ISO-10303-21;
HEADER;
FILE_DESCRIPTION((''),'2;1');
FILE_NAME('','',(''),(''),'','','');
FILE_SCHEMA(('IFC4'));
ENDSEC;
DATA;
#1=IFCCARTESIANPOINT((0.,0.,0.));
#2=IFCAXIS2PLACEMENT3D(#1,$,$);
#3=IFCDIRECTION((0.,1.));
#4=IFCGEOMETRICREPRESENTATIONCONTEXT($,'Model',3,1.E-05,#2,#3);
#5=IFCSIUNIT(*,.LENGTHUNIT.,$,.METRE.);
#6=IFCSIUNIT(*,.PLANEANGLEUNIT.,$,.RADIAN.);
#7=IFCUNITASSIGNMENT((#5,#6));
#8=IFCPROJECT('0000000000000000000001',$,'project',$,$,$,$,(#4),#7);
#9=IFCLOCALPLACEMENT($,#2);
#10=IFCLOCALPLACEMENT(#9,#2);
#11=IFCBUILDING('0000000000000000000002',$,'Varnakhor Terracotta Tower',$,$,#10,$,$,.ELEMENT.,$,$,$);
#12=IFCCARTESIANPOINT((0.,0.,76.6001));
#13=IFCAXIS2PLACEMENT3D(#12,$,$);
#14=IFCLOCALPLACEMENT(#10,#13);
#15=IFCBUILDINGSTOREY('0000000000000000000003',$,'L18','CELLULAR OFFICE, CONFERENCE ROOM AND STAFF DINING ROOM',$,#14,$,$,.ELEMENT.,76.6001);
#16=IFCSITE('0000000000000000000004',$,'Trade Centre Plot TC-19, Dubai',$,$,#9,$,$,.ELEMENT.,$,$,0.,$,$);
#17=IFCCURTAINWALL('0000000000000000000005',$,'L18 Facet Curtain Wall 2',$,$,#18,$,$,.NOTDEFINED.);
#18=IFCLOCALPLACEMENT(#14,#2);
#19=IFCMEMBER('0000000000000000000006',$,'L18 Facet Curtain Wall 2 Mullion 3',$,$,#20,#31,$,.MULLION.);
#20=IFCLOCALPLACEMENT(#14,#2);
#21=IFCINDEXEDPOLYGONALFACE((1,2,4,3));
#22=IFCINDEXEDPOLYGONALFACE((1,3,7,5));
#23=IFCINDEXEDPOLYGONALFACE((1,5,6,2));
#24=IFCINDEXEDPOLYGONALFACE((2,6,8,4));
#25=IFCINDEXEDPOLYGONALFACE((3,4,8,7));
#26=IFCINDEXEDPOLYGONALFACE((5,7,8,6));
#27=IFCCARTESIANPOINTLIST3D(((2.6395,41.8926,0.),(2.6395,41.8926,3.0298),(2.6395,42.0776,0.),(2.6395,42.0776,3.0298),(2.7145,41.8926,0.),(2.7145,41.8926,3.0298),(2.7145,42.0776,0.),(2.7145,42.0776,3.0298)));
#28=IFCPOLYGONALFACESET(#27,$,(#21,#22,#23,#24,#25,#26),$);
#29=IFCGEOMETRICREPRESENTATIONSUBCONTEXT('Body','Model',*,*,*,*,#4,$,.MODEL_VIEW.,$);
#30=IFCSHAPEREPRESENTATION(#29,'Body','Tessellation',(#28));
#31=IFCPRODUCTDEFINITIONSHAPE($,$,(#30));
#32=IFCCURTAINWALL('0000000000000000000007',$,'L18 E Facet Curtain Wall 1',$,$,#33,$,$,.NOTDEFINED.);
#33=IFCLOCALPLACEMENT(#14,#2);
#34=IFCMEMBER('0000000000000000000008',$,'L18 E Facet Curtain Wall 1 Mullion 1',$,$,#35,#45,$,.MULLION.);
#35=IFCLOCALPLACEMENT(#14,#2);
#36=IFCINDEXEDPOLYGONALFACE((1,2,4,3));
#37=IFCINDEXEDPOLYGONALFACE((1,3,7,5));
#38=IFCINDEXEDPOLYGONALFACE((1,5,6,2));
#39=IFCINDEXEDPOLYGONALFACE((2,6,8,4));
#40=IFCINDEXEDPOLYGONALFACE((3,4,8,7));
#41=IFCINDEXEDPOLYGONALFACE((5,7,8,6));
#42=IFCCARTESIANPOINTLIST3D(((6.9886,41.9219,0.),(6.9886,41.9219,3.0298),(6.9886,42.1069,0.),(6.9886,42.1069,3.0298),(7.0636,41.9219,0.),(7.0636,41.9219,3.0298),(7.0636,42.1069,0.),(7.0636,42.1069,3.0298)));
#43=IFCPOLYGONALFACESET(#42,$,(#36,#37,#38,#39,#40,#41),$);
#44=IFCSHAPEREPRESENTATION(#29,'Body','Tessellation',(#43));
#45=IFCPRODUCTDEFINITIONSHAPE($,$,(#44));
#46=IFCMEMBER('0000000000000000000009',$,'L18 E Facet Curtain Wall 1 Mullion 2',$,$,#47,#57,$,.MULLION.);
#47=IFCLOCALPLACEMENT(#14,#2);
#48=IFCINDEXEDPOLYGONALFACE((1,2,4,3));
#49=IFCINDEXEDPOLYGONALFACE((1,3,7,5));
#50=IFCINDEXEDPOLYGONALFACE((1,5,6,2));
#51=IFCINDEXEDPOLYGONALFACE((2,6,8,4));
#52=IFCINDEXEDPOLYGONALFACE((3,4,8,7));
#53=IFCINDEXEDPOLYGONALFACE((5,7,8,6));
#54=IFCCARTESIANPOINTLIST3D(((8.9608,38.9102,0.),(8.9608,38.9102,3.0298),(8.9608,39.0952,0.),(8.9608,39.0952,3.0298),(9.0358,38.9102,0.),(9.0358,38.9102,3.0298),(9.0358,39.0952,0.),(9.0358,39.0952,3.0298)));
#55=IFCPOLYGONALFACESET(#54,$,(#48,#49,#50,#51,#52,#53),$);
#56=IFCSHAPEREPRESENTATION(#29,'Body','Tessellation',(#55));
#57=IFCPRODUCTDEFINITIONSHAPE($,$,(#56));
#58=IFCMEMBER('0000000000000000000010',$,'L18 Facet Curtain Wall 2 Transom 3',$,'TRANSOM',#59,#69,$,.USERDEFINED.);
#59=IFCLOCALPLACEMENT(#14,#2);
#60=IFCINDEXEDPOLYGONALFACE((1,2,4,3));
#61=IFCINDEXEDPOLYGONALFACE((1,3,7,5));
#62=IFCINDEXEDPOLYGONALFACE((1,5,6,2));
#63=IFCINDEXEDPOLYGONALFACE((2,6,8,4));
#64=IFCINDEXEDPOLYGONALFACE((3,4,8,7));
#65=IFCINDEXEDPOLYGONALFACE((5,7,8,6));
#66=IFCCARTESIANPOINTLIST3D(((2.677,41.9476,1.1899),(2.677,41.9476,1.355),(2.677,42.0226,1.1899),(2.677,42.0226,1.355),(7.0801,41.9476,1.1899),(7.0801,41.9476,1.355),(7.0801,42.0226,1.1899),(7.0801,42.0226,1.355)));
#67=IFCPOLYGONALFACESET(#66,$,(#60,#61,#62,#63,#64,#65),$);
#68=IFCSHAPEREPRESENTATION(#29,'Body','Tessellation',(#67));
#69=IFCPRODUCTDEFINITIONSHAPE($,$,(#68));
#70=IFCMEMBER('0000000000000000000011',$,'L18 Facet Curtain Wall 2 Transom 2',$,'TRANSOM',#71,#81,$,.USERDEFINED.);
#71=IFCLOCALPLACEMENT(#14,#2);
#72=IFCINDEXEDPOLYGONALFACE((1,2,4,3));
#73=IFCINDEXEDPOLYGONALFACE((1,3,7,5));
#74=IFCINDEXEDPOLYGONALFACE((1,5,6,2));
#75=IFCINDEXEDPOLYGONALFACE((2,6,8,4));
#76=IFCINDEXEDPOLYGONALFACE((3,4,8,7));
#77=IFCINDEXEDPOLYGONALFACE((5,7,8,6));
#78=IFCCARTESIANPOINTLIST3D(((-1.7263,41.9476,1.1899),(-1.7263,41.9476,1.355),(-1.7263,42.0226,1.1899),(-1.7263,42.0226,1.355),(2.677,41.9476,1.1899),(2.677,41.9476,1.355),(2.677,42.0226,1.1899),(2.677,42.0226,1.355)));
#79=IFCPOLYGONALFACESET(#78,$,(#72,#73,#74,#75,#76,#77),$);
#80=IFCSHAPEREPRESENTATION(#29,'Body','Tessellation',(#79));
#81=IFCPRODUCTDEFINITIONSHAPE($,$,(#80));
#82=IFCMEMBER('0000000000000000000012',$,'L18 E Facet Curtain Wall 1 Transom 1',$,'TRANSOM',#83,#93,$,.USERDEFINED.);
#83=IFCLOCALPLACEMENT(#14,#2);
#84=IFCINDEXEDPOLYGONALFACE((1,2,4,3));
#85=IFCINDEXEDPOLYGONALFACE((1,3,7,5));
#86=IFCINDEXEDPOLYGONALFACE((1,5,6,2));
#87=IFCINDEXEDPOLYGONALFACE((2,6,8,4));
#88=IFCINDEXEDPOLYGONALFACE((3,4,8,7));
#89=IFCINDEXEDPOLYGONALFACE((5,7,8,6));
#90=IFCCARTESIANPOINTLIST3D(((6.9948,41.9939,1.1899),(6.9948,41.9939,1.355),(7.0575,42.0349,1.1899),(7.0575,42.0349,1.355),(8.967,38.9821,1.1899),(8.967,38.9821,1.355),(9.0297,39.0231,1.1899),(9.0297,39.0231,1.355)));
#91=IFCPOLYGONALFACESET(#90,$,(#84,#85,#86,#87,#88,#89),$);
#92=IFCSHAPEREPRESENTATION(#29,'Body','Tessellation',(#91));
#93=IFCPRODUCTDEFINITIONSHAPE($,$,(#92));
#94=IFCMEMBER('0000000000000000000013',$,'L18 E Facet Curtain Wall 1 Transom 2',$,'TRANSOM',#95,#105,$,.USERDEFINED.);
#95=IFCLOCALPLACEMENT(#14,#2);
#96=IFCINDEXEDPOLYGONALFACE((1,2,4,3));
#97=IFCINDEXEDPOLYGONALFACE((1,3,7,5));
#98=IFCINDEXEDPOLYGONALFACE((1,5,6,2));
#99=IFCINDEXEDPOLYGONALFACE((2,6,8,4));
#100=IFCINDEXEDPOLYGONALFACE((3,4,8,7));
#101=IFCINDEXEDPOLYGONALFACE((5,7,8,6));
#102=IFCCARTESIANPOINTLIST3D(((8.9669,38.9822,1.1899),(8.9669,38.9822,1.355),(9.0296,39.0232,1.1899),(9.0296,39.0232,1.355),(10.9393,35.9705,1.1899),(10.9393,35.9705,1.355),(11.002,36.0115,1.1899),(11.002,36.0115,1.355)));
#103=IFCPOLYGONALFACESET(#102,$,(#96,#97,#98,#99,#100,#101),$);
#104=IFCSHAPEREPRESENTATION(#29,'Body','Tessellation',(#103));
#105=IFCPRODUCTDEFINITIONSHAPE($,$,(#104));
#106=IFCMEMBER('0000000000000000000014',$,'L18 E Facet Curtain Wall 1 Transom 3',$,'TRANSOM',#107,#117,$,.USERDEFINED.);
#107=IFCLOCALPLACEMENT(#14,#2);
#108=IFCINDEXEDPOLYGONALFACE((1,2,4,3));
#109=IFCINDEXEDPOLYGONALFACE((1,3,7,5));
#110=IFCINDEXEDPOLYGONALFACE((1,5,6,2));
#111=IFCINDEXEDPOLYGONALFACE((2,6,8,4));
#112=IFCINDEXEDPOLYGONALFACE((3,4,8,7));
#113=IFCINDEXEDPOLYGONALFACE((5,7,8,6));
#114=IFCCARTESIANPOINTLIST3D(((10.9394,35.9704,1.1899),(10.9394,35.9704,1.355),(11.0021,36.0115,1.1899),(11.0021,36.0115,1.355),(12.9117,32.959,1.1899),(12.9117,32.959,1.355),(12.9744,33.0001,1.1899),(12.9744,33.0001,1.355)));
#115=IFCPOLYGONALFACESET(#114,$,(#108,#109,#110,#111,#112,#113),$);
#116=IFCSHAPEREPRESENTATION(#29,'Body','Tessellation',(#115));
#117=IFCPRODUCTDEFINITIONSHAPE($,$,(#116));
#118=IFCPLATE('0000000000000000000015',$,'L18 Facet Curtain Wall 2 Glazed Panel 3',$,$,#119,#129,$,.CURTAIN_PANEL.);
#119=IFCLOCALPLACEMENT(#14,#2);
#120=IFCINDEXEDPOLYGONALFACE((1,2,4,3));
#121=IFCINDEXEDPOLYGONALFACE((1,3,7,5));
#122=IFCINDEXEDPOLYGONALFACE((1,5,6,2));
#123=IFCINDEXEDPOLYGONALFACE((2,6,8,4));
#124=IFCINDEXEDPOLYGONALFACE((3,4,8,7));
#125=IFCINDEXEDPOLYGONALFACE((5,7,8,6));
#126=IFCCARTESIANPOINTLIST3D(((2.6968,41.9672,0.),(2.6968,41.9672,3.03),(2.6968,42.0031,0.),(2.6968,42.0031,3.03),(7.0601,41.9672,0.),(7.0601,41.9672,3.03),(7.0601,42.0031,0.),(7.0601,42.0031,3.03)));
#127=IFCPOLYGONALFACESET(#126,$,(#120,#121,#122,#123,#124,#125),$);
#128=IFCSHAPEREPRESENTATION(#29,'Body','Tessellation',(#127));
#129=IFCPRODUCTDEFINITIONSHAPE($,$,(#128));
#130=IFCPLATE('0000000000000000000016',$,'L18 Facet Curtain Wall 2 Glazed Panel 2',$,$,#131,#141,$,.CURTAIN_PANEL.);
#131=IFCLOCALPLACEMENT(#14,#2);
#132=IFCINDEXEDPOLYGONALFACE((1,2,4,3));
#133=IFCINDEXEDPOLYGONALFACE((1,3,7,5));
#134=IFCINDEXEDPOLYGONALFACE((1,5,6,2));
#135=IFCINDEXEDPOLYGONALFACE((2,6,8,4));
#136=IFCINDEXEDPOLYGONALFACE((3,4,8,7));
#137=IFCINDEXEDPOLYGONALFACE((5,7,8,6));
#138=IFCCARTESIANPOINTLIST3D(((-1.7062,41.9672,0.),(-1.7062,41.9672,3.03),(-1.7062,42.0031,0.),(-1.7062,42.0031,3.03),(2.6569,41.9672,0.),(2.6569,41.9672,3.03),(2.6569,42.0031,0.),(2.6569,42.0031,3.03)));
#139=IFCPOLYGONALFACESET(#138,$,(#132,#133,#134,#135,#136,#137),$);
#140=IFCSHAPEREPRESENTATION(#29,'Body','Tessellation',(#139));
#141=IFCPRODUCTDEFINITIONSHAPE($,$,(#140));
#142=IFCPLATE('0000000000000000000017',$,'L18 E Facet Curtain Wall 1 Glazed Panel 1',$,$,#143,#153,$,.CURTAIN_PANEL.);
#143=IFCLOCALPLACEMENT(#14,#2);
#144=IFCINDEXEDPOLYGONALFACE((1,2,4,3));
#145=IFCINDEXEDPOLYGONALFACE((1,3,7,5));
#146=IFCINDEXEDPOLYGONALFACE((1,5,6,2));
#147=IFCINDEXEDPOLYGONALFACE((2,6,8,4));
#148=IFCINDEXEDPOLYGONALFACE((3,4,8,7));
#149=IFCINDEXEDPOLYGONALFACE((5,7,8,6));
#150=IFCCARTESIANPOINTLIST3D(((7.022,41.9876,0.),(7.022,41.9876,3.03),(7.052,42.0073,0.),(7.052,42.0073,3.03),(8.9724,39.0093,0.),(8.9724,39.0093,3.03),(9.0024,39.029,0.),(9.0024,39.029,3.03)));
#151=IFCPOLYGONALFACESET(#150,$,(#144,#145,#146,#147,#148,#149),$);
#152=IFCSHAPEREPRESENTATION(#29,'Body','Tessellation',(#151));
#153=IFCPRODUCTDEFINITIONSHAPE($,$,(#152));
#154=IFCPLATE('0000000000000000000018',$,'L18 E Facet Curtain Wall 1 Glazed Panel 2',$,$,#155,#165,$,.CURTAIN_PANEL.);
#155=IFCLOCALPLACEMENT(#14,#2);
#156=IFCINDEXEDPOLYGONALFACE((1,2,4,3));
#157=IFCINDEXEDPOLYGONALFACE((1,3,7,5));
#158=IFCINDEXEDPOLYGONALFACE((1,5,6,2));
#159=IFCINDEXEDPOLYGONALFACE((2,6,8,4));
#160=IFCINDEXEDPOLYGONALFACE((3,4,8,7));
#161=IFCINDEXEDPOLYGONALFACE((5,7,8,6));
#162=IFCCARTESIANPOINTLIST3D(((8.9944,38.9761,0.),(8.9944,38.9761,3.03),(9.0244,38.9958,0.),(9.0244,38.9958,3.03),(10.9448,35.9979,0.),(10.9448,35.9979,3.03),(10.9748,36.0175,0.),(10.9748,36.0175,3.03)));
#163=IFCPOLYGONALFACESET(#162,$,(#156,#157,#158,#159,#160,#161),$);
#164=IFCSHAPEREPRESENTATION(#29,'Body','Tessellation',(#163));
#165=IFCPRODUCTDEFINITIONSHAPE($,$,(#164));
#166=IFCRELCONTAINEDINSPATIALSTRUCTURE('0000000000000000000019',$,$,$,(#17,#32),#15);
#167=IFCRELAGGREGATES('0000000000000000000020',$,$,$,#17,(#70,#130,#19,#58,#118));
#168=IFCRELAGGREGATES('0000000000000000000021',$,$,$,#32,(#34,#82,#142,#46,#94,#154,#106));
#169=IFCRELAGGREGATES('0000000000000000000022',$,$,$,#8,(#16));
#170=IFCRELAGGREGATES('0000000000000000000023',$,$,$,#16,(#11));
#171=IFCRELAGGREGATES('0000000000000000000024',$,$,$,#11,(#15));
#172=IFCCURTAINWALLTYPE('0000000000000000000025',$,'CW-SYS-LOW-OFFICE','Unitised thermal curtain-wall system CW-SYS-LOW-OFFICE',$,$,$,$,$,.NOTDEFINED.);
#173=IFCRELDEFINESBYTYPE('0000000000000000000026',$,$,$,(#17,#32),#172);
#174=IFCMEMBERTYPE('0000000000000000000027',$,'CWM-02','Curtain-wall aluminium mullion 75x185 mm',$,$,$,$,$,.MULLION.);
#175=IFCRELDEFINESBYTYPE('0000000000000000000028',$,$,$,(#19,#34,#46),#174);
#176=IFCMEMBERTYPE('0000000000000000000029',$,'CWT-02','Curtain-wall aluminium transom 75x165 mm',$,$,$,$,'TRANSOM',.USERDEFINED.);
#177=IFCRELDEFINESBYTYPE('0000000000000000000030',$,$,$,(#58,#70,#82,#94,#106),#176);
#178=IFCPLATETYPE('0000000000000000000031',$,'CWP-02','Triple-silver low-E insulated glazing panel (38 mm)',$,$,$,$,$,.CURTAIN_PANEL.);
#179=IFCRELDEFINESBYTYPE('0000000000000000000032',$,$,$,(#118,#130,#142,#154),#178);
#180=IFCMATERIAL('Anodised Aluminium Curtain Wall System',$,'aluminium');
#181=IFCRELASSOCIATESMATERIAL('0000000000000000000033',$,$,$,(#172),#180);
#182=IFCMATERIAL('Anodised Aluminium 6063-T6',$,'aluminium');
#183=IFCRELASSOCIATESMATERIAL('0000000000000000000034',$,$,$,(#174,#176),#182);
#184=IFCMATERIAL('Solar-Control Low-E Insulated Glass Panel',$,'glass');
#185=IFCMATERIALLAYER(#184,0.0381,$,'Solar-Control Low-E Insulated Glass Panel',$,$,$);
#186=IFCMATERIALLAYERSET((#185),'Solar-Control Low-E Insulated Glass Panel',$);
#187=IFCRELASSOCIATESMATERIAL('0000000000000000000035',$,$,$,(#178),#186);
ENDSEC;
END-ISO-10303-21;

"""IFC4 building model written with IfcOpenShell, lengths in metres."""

from ifc_helpers import new_model, si_unit, direction, frame, origin, origin_2d, place, context, subcontext, project, spatial, rectangle, extrude, source, transform, mapped, material, layer, layer_set, material_profile, profile_set, type_object, element, aggregate, save


model = new_model("IFC4")

# Units and contexts
model_context = context("Model", 3, precision=1e-05, world=origin(), true_north=direction((0.0, 1.0)))
body_context = subcontext(model_context, "Body", "Model", "MODEL_VIEW")
ifc_project = project(units=[si_unit("LENGTHUNIT", "METRE"), si_unit("PLANEANGLEUNIT", "RADIAN")], contexts=[model_context])

# Site, building, storey
site_placement = place(None, origin())
site = spatial("IfcSite", under=ifc_project, at=site_placement, Name="Trade Centre Plot TC-19, Dubai", CompositionType="ELEMENT", RefElevation=0.0)
building_placement = place(site_placement, origin())
building = spatial("IfcBuilding", under=site, at=building_placement, Name="Varnakhor Terracotta Tower", CompositionType="ELEMENT")
storey_placement = place(building_placement, frame((0.0, 0.0, 76.6001)))
storey = spatial("IfcBuildingStorey", under=building, at=storey_placement, Name="L18", Description="CELLULAR OFFICE, CONFERENCE ROOM AND STAFF DINING ROOM", CompositionType="ELEMENT", Elevation=76.6001)

# Curtain walls, members
ifc_material_1 = material(Name="Anodised Aluminium Curtain Wall System", Category="aluminium")
curtain_wall_type = type_object("IfcCurtainWallType", Name="CW-SYS-LOW-OFFICE", Description="Unitised thermal curtain-wall system CW-SYS-LOW-OFFICE", PredefinedType="NOTDEFINED", material=ifc_material_1)
curtain_wall_1_placement = place(storey_placement, origin())
curtain_wall_1 = element("IfcCurtainWall", 1, at=curtain_wall_1_placement, inside=storey, type_object=curtain_wall_type, Name="L18 Facet Curtain Wall 2", PredefinedType="NOTDEFINED")
ifc_material_2 = material(Name="Anodised Aluminium 6063-T6", Category="aluminium")
ifc_material_profile_1 = material_profile(ifc_material_2, rectangle(XDim=0.075, YDim=0.1851, at=origin_2d()), Name="ALU MULLION 75x185")
ifc_profile_set_1 = profile_set([ifc_material_profile_1], Name="Anodised Aluminium 6063-T6")
member_type_1 = type_object("IfcMemberType", Name="CWM-02", Description="Curtain-wall aluminium mullion 75x185 mm", PredefinedType="MULLION", material=ifc_profile_set_1)
shared_shape_1 = source(origin(), body_context, "Body", "SweptSolid", [
    extrude(rectangle(XDim=0.075, YDim=0.1851, at=origin_2d()), origin(), (0.0, 0.0, 1.0), 3.0298),
])
member_1_placement = place(storey_placement, frame((2.677, 41.9851, 0.0), z_axis=(0.0, 0.0, 1.0), x_axis=(1.0, 0.0, 0.0)))
member_1 = element("IfcMember", 2, at=member_1_placement, type_object=member_type_1, Name="L18 Facet Curtain Wall 2 Mullion 3", PredefinedType="MULLION", context=body_context, shape_type="MappedRepresentation", body=[
    mapped(shared_shape_1, transform((0.0, 0.0, 0.0), scale=1.0)),
])
curtain_wall_2_placement = place(storey_placement, origin())
curtain_wall_2 = element("IfcCurtainWall", 3, at=curtain_wall_2_placement, inside=storey, type_object=curtain_wall_type, Name="L18 E Facet Curtain Wall 1", PredefinedType="NOTDEFINED")
member_2_placement = place(storey_placement, frame((7.0261, 42.0144, 0.0), z_axis=(0.0, 0.0, 1.0), x_axis=(1.0, 0.0, 0.0)))
member_2 = element("IfcMember", 4, at=member_2_placement, type_object=member_type_1, Name="L18 E Facet Curtain Wall 1 Mullion 1", PredefinedType="MULLION", context=body_context, shape_type="MappedRepresentation", body=[
    mapped(shared_shape_1, transform((0.0, 0.0, 0.0), scale=1.0)),
])
member_3_placement = place(storey_placement, frame((8.9983, 39.0027, 0.0), z_axis=(0.0, 0.0, 1.0), x_axis=(1.0, 0.0, 0.0)))
member_3 = element("IfcMember", 5, at=member_3_placement, type_object=member_type_1, Name="L18 E Facet Curtain Wall 1 Mullion 2", PredefinedType="MULLION", context=body_context, shape_type="MappedRepresentation", body=[
    mapped(shared_shape_1, transform((0.0, 0.0, 0.0), scale=1.0)),
])

# Members
ifc_material_profile_2 = material_profile(ifc_material_2, rectangle(XDim=0.075, YDim=0.165, at=origin_2d()), Name="ALU TRANSOM 75x165")
ifc_profile_set_2 = profile_set([ifc_material_profile_2], Name="Anodised Aluminium 6063-T6")
member_type_2 = type_object("IfcMemberType", Name="CWT-02", Description="Curtain-wall aluminium transom 75x165 mm", ElementType="TRANSOM", PredefinedType="USERDEFINED", material=ifc_profile_set_2)
shared_shape_2 = source(origin(), body_context, "Body", "SweptSolid", [
    extrude(rectangle(XDim=0.075, YDim=0.165, at=origin_2d()), origin(), (0.0, 0.0, 1.0), 4.4031),
])
member_4_placement = place(storey_placement, frame((2.677, 41.9851, 1.2725), z_axis=(1.0, 0.0, 0.0), x_axis=(0.0, 1.0, 0.0)))
member_4 = element("IfcMember", 6, at=member_4_placement, type_object=member_type_2, Name="L18 Facet Curtain Wall 2 Transom 3", ObjectType="TRANSOM", PredefinedType="USERDEFINED", context=body_context, shape_type="MappedRepresentation", body=[
    mapped(shared_shape_2, transform((0.0, 0.0, 0.0), scale=1.0)),
])
shared_shape_3 = source(origin(), body_context, "Body", "SweptSolid", [
    extrude(rectangle(XDim=0.075, YDim=0.165, at=origin_2d()), origin(), (0.0, 0.0, 1.0), 4.4033),
])
member_5_placement = place(storey_placement, frame((-1.7263, 41.9851, 1.2725), z_axis=(1.0, 0.0, 0.0), x_axis=(0.0, 1.0, 0.0)))
member_5 = element("IfcMember", 7, at=member_5_placement, type_object=member_type_2, Name="L18 Facet Curtain Wall 2 Transom 2", ObjectType="TRANSOM", PredefinedType="USERDEFINED", context=body_context, shape_type="MappedRepresentation", body=[
    mapped(shared_shape_3, transform((0.0, 0.0, 0.0), scale=1.0)),
])
shared_shape_4 = source(origin(), body_context, "Body", "SweptSolid", [
    extrude(rectangle(XDim=0.075, YDim=0.165, at=origin_2d()), origin(), (0.0, 0.0, 1.0), 3.6001),
])
member_6_placement = place(storey_placement, frame((7.0261, 42.0144, 1.2725), z_axis=(0.547827, -0.836592, 0.0), x_axis=(0.836592, 0.547827, 0.0)))
member_6 = element("IfcMember", 8, at=member_6_placement, type_object=member_type_2, Name="L18 E Facet Curtain Wall 1 Transom 1", ObjectType="TRANSOM", PredefinedType="USERDEFINED", context=body_context, shape_type="MappedRepresentation", body=[
    mapped(shared_shape_4, transform((0.0, 0.0, 0.0), scale=1.0)),
])
member_7_placement = place(storey_placement, frame((8.9983, 39.0027, 1.2725), z_axis=(0.547874, -0.836561, 0.0), x_axis=(0.836561, 0.547874, 0.0)))
member_7 = element("IfcMember", 9, at=member_7_placement, type_object=member_type_2, Name="L18 E Facet Curtain Wall 1 Transom 2", ObjectType="TRANSOM", PredefinedType="USERDEFINED", context=body_context, shape_type="MappedRepresentation", body=[
    mapped(shared_shape_4, transform((0.0, 0.0, 0.0), scale=1.0)),
])
shared_shape_5 = source(origin(), body_context, "Body", "SweptSolid", [
    extrude(rectangle(XDim=0.075, YDim=0.165, at=origin_2d()), origin(), (0.0, 0.0, 1.0), 3.5999),
])
member_8_placement = place(storey_placement, frame((10.9707, 35.991, 1.2725), z_axis=(0.547905, -0.83654, 0.0), x_axis=(0.83654, 0.547905, 0.0)))
member_8 = element("IfcMember", 10, at=member_8_placement, type_object=member_type_2, Name="L18 E Facet Curtain Wall 1 Transom 3", ObjectType="TRANSOM", PredefinedType="USERDEFINED", context=body_context, shape_type="MappedRepresentation", body=[
    mapped(shared_shape_5, transform((0.0, 0.0, 0.0), scale=1.0)),
])

# Plates
ifc_material_3 = material(Name="Solar-Control Low-E Insulated Glass Panel", Category="glass")
ifc_layer = layer(ifc_material_3, 0.0381, Name="Solar-Control Low-E Insulated Glass Panel")
ifc_layer_set = layer_set([ifc_layer], Name="Solar-Control Low-E Insulated Glass Panel")
plate_type = type_object("IfcPlateType", Name="CWP-02", Description="Triple-silver low-E insulated glazing panel (38 mm)", PredefinedType="CURTAIN_PANEL", material=ifc_layer_set)
shared_shape_6 = source(origin(), body_context, "Body", "SweptSolid", [
    extrude(rectangle(XDim=4.3633, YDim=0.0359, at=origin_2d()), origin(), (0.0, 0.0, 1.0), 3.03),
])
plate_1_placement = place(storey_placement, frame((4.8784, 41.9851, 0.0), z_axis=(0.0, 0.0, 1.0), x_axis=(1.0, 0.0, 0.0)))
plate_1 = element("IfcPlate", 11, at=plate_1_placement, type_object=plate_type, Name="L18 Facet Curtain Wall 2 Glazed Panel 3", PredefinedType="CURTAIN_PANEL", context=body_context, shape_type="MappedRepresentation", body=[
    mapped(shared_shape_6, transform((0.0, 0.0, 0.0), scale=1.0)),
])
shared_shape_7 = source(origin(), body_context, "Body", "SweptSolid", [
    extrude(rectangle(XDim=4.363, YDim=0.0359, at=origin_2d()), origin(), (0.0, 0.0, 1.0), 3.03),
])
plate_2_placement = place(storey_placement, frame((0.4753, 41.9851, 0.0), z_axis=(0.0, 0.0, 1.0), x_axis=(1.0, 0.0, 0.0)))
plate_2 = element("IfcPlate", 12, at=plate_2_placement, type_object=plate_type, Name="L18 Facet Curtain Wall 2 Glazed Panel 2", PredefinedType="CURTAIN_PANEL", context=body_context, shape_type="MappedRepresentation", body=[
    mapped(shared_shape_7, transform((0.0, 0.0, 0.0), scale=1.0)),
])
aggregate(curtain_wall_1, [member_5, plate_2, member_1, member_4, plate_1])
shared_shape_8 = source(origin(), body_context, "Body", "SweptSolid", [
    extrude(rectangle(XDim=3.5601, YDim=0.0359, at=origin_2d()), origin(), (0.0, 0.0, 1.0), 3.03),
])
plate_3_placement = place(storey_placement, frame((8.0122, 40.5083, 0.0), z_axis=(0.0, 0.0, 1.0), x_axis=(0.547855, -0.836573, 0.0)))
plate_3 = element("IfcPlate", 13, at=plate_3_placement, type_object=plate_type, Name="L18 E Facet Curtain Wall 1 Glazed Panel 1", PredefinedType="CURTAIN_PANEL", context=body_context, shape_type="MappedRepresentation", body=[
    mapped(shared_shape_8, transform((0.0, 0.0, 0.0), scale=1.0)),
])
plate_4_placement = place(storey_placement, frame((9.9846, 37.4968, 0.0), z_axis=(0.0, 0.0, 1.0), x_axis=(0.547855, -0.836573, 0.0)))
plate_4 = element("IfcPlate", 14, at=plate_4_placement, type_object=plate_type, Name="L18 E Facet Curtain Wall 1 Glazed Panel 2", PredefinedType="CURTAIN_PANEL", context=body_context, shape_type="MappedRepresentation", body=[
    mapped(shared_shape_8, transform((0.0, 0.0, 0.0), scale=1.0)),
])
aggregate(curtain_wall_2, [member_2, member_6, plate_3, member_3, member_7, plate_4, member_8])

save(model, "model.ifc")
